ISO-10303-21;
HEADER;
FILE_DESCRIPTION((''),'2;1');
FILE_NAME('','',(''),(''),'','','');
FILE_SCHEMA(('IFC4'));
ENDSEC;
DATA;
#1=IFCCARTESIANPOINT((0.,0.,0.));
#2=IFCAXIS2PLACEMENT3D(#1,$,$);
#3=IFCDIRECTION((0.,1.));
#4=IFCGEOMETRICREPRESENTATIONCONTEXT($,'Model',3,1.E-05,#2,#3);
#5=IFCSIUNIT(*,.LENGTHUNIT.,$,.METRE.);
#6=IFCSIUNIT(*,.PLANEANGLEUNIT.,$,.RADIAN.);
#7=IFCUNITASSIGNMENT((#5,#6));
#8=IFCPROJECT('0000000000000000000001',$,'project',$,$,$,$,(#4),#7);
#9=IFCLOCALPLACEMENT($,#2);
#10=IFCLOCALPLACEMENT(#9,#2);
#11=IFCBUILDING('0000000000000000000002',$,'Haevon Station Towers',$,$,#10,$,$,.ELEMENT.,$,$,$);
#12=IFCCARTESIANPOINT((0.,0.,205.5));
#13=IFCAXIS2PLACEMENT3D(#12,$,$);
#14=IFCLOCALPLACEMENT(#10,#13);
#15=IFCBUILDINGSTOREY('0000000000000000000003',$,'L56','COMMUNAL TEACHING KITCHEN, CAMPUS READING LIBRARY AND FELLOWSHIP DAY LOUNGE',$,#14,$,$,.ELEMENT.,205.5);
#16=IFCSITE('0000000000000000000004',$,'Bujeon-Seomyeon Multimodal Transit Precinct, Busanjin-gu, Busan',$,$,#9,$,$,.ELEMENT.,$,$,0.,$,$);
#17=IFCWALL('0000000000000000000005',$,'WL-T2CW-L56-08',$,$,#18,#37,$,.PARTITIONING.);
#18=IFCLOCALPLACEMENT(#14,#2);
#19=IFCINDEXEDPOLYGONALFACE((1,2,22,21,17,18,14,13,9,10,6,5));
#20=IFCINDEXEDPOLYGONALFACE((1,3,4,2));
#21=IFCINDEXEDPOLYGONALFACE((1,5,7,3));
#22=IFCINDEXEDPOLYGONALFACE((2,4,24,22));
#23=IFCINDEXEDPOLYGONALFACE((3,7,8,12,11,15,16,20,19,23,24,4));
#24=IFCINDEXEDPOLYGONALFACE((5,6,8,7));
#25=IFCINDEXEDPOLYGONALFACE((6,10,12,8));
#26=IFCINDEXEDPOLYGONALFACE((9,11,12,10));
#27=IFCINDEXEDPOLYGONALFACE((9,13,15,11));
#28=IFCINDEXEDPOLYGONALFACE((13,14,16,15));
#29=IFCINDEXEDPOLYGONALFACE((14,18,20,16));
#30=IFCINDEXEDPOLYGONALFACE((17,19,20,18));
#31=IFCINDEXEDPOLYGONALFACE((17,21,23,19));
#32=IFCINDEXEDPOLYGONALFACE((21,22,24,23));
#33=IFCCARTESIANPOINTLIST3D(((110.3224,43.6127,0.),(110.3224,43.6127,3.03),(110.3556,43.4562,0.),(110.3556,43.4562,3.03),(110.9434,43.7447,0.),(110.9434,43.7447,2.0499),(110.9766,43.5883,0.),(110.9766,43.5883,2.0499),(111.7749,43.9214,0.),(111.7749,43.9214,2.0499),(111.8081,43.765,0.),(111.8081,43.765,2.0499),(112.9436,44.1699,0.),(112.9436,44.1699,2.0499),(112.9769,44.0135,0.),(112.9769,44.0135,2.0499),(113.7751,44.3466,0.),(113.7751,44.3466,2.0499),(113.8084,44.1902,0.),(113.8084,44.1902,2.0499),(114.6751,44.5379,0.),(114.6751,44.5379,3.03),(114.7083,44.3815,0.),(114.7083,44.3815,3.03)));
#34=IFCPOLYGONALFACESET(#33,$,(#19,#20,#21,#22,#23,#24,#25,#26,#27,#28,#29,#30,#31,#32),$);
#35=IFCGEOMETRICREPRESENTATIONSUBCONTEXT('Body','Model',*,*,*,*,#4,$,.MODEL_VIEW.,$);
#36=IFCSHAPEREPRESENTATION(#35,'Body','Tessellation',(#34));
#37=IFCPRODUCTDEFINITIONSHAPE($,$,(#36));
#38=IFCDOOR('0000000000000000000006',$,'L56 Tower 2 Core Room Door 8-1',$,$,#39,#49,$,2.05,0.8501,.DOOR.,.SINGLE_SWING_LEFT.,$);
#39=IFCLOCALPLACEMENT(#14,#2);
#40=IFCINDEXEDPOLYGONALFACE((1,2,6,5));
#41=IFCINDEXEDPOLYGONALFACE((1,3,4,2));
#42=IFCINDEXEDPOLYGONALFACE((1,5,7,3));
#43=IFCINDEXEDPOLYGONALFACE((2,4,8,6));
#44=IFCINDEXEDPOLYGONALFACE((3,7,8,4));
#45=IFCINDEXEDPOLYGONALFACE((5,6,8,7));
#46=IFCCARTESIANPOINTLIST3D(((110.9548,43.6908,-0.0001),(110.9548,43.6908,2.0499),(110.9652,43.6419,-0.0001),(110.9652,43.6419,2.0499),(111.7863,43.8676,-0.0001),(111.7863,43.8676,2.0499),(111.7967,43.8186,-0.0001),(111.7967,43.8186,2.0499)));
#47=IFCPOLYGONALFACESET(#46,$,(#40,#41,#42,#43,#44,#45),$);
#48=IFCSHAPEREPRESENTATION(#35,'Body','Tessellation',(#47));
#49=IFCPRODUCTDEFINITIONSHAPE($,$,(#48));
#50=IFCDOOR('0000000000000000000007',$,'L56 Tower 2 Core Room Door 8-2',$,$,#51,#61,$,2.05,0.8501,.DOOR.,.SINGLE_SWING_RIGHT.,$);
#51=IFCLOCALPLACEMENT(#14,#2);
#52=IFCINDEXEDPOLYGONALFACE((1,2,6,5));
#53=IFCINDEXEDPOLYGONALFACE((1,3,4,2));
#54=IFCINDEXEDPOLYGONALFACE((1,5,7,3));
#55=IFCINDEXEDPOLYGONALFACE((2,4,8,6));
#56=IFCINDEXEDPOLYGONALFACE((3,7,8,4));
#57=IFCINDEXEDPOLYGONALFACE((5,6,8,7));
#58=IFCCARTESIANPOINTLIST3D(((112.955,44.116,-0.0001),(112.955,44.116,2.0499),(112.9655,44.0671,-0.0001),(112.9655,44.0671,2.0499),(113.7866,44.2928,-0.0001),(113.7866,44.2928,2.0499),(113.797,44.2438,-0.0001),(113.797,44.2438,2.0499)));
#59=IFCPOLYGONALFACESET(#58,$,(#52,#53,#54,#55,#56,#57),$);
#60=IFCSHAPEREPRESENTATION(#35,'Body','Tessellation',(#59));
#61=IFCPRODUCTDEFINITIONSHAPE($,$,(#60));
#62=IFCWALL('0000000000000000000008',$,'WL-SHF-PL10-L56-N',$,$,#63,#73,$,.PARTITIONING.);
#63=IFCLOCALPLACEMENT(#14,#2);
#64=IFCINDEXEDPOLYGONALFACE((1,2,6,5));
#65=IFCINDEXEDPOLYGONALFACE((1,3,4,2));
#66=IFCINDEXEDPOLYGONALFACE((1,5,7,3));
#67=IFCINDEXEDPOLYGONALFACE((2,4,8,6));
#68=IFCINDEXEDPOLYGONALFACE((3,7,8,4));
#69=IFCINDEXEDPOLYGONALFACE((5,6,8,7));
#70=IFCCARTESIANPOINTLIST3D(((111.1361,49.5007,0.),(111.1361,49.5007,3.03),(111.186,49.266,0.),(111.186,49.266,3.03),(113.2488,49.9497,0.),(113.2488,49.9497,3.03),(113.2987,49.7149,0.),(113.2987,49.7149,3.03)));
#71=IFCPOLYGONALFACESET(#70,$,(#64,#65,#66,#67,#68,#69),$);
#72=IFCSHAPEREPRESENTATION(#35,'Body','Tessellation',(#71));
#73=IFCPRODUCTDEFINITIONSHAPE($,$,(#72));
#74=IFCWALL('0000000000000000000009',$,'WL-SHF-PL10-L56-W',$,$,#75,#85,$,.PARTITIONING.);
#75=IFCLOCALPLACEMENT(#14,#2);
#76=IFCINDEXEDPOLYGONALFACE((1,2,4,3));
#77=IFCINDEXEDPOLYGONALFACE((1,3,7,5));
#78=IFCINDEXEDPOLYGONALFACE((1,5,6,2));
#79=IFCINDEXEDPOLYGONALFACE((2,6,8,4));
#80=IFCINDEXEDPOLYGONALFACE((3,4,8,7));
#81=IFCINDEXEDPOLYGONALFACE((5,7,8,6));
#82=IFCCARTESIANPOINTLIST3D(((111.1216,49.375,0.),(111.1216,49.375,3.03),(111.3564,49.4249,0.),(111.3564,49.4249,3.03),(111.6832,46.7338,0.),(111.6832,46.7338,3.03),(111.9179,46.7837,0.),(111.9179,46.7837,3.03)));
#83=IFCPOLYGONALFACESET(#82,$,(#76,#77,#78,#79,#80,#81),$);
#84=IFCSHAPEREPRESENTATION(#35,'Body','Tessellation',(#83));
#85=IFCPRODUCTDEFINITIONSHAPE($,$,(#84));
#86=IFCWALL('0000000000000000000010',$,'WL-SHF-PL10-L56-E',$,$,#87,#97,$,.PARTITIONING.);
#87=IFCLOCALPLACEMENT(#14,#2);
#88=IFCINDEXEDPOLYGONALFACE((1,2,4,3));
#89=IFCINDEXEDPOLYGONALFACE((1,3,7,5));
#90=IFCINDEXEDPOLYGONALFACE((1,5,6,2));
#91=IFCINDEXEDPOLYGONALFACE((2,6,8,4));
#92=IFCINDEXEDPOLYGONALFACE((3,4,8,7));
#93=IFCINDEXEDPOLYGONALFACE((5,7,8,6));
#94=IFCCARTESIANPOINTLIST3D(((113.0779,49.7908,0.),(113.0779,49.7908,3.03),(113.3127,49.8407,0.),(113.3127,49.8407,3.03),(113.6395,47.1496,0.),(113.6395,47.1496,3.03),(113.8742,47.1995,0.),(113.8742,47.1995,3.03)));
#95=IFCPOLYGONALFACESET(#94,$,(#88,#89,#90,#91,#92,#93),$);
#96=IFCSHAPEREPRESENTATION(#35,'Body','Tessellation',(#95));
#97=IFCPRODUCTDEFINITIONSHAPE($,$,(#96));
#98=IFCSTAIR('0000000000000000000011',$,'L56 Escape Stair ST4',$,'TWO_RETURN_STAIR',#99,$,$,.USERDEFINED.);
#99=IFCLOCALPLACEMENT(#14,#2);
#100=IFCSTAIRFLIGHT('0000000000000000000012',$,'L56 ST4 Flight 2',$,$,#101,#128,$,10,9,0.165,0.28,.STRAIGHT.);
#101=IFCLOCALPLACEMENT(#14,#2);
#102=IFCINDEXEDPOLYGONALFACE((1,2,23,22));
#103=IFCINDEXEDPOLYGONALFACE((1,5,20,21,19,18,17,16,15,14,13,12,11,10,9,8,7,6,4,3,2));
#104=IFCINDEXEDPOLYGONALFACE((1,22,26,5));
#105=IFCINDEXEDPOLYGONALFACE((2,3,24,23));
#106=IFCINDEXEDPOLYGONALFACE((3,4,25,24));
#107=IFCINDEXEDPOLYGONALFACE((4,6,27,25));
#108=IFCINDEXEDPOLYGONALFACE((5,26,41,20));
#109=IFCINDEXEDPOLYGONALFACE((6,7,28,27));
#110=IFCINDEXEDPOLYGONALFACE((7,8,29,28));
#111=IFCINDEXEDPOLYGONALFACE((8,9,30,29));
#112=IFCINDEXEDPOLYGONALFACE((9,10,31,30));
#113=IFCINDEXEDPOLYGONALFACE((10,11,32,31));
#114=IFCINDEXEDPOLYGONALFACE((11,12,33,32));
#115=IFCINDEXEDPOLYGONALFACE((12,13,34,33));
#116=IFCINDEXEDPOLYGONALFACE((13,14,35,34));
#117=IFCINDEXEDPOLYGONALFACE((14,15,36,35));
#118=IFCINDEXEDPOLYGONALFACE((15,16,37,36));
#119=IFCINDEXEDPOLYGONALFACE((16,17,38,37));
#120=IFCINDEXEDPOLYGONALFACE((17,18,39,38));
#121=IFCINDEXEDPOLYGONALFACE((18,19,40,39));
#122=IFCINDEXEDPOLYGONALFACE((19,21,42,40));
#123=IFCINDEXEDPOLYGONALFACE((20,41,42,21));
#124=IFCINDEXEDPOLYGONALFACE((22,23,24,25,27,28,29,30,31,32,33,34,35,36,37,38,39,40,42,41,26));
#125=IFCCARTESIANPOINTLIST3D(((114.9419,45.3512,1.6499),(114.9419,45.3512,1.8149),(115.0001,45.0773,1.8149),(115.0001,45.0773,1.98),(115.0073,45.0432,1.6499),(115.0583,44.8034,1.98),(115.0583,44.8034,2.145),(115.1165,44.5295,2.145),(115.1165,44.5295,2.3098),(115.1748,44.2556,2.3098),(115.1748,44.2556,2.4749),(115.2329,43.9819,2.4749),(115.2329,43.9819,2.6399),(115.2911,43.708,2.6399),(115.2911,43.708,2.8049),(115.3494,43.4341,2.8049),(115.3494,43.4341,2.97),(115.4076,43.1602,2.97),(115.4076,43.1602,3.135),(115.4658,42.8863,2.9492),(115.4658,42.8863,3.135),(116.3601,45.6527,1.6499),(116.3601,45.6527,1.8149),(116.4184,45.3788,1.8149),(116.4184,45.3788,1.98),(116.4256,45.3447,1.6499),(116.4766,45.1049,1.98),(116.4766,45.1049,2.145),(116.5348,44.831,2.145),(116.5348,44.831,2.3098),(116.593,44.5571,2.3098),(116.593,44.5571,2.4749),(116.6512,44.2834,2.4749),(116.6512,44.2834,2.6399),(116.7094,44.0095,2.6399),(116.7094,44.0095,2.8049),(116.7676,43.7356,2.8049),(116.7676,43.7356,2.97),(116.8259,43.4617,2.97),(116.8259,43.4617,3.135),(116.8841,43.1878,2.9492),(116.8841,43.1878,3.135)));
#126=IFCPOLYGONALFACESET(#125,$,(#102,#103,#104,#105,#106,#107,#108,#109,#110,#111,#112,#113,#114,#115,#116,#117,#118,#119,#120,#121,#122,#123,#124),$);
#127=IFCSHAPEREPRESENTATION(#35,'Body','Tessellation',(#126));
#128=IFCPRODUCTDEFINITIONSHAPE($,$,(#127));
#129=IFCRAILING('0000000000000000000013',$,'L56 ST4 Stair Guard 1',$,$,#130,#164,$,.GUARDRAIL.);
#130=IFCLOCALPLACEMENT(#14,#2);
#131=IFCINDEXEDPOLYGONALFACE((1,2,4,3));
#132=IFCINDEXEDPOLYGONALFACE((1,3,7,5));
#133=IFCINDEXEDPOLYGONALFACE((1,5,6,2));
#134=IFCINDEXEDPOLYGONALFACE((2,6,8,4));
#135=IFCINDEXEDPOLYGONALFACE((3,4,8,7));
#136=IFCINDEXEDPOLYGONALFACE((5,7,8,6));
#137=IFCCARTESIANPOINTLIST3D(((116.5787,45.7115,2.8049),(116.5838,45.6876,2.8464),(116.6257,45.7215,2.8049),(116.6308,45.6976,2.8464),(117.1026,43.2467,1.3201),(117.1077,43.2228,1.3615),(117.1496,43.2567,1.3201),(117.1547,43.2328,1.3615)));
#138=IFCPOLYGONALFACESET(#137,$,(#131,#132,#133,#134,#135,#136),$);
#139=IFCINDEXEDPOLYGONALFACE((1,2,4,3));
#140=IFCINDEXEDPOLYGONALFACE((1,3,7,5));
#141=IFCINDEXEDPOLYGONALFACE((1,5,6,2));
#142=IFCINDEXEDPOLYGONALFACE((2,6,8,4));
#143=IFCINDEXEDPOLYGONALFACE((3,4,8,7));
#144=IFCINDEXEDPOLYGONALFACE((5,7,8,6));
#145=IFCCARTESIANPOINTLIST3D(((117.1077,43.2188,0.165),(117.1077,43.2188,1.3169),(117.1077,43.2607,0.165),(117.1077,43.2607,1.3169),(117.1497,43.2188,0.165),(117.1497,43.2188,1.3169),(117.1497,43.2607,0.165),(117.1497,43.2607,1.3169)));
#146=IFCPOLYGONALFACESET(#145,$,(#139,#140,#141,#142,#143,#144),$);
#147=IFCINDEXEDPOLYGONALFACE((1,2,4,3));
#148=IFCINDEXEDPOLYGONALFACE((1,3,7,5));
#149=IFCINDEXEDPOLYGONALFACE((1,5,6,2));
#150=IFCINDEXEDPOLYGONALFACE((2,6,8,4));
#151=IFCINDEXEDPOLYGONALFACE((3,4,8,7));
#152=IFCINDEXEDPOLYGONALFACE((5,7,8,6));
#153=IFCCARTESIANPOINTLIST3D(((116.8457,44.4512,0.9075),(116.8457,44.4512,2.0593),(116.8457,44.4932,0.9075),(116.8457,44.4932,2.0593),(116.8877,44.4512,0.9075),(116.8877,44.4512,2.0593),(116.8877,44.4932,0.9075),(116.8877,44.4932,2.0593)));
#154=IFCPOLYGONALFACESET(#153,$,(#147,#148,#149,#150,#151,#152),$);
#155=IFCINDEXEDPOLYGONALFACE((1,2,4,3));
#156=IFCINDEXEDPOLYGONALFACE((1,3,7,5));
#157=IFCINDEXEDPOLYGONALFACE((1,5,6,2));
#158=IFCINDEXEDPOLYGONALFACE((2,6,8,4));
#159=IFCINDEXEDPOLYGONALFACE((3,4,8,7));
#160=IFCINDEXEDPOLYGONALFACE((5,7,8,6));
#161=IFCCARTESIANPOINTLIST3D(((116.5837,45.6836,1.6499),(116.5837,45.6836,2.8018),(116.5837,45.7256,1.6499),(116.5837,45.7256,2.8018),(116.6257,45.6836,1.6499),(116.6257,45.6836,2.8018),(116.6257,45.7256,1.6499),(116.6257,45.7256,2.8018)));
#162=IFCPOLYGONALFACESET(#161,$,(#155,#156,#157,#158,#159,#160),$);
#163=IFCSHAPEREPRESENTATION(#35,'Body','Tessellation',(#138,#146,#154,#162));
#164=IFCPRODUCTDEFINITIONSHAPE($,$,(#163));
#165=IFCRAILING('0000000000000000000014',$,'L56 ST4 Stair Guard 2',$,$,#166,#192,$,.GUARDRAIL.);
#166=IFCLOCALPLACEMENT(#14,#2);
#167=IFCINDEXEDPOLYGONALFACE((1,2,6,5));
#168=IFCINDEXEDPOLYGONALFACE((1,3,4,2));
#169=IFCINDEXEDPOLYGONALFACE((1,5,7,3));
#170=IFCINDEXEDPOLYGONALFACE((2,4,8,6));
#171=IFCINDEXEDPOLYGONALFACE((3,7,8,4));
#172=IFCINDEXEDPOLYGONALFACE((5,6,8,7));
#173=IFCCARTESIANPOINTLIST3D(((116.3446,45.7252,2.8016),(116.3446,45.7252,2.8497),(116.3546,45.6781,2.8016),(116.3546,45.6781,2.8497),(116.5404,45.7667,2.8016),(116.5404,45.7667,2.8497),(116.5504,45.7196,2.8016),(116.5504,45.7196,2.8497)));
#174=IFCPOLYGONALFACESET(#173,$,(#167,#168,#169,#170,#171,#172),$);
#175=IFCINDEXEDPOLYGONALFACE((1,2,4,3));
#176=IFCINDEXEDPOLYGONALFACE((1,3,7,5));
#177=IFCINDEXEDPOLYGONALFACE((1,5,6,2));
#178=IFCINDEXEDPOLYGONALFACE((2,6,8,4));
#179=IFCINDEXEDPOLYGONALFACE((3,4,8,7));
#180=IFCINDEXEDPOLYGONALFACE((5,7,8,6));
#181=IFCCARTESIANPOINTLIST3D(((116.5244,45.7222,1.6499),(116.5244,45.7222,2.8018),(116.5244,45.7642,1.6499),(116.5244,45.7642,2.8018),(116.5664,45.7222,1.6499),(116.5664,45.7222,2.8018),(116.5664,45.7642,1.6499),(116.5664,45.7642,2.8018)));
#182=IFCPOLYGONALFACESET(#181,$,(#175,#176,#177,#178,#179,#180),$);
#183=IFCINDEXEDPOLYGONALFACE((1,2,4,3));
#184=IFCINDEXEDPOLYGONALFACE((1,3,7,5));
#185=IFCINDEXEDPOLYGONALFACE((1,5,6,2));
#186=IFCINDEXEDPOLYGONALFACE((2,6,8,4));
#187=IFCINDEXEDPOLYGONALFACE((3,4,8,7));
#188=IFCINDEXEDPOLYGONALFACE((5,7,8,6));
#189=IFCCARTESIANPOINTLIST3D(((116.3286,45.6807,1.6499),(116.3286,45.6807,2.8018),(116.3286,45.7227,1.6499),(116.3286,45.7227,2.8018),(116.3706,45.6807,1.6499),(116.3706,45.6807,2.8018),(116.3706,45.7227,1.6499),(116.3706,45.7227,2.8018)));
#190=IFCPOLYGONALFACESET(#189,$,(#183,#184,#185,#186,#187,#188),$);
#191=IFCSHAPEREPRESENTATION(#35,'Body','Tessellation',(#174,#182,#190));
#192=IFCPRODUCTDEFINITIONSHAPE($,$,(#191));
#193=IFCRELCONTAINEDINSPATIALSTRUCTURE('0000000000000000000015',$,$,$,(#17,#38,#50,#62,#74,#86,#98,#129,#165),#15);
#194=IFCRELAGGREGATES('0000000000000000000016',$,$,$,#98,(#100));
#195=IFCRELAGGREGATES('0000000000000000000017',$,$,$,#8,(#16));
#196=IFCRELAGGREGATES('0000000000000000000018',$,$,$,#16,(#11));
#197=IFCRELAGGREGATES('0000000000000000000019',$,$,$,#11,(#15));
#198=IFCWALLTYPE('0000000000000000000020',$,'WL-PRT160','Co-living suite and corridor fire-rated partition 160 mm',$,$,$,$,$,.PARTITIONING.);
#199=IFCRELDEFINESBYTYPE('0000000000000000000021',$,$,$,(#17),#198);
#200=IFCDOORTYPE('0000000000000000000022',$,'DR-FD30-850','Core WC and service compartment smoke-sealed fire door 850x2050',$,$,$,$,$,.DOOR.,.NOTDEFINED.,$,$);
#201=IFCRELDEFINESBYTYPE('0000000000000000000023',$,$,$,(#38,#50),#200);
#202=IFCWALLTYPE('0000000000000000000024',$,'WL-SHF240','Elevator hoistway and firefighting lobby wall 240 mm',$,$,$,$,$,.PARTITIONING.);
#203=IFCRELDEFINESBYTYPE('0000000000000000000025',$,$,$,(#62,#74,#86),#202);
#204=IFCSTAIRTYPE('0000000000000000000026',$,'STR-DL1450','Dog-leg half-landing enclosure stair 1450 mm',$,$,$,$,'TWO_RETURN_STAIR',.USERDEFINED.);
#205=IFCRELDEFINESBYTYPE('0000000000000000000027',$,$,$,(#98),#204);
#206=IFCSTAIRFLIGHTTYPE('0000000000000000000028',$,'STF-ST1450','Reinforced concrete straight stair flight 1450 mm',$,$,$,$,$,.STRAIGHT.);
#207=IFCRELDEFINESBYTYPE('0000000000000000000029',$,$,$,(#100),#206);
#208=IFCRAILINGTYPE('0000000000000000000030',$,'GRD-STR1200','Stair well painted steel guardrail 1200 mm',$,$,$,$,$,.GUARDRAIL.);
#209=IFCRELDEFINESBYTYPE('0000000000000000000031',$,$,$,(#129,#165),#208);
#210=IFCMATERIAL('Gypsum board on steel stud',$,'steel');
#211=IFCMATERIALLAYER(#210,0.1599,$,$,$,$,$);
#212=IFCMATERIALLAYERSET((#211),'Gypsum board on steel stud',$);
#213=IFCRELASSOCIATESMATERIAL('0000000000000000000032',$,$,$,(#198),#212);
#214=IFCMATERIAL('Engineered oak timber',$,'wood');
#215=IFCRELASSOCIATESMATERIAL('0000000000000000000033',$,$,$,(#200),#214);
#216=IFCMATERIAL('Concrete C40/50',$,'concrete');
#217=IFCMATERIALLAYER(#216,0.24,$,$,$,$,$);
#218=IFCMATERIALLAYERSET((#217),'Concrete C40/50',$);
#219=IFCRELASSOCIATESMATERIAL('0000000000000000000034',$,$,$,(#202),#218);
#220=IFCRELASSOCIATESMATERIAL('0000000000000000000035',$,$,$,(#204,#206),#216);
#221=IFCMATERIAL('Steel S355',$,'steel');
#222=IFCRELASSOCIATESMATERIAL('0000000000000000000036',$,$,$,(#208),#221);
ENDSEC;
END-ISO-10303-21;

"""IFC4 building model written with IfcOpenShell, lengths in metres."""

from ifc_helpers import new_model, si_unit, direction, frame, frame_2d, origin, origin_2d, place, context, subcontext, project, spatial, polyline, rectangle, outline, extrude, material, layer, layer_set, type_object, element, fill, aggregate, save


model = new_model("IFC4")

# Units and contexts
model_context = context("Model", 3, precision=1e-05, world=origin(), true_north=direction((0.0, 1.0)))
body_context = subcontext(model_context, "Body", "Model", "MODEL_VIEW")
ifc_project = project(units=[si_unit("LENGTHUNIT", "METRE"), si_unit("PLANEANGLEUNIT", "RADIAN")], contexts=[model_context])

# Site, building, storey
site_placement = place(None, origin())
site = spatial("IfcSite", under=ifc_project, at=site_placement, Name="Bujeon-Seomyeon Multimodal Transit Precinct, Busanjin-gu, Busan", CompositionType="ELEMENT", RefElevation=0.0)
building_placement = place(site_placement, origin())
building = spatial("IfcBuilding", under=site, at=building_placement, Name="Haevon Station Towers", CompositionType="ELEMENT")
storey_placement = place(building_placement, frame((0.0, 0.0, 205.5)))
storey = spatial("IfcBuildingStorey", under=building, at=storey_placement, Name="L56", Description="COMMUNAL TEACHING KITCHEN, CAMPUS READING LIBRARY AND FELLOWSHIP DAY LOUNGE", CompositionType="ELEMENT", Elevation=205.5)

# Shared definitions
ifc_material_1 = material(Name="Steel S355", Category="steel")

# Shared definitions
ifc_material_2 = material(Name="Gypsum board on steel stud", Category="steel")
ifc_layer_1 = layer(ifc_material_2, 0.1599)
ifc_layer_set_1 = layer_set([ifc_layer_1], Name="Gypsum board on steel stud")
wall_type_1 = type_object("IfcWallType", Name="WL-PRT160", Description="Co-living suite and corridor fire-rated partition 160 mm", PredefinedType="PARTITIONING", material=ifc_layer_set_1)
ifc_material_3 = material(Name="Engineered oak timber", Category="wood")

# Wall, openings, doors
wall_1_placement = place(storey_placement, frame((110.3389, 43.5344, 0.0), z_axis=(0.0, 0.0, 1.0), x_axis=(0.978144, 0.207929, 0.0)))
wall_1 = element("IfcWall", 1, at=wall_1_placement, inside=storey, type_object=wall_type_1, Name="WL-T2CW-L56-08", PredefinedType="PARTITIONING", context=body_context, shape_type="SweptSolid", body=[
    extrude(rectangle(XDim=4.45, YDim=0.1599, at=frame_2d((2.2251, 0.0))), origin(), (0.0, 0.0, 1.0), 3.03),
])
opening_1_placement = place(wall_1_placement, frame((0.635, 0.0, 0.0)))
opening_1 = element("IfcOpeningElement", 2, at=opening_1_placement, cuts=wall_1, PredefinedType="OPENING", context=body_context, shape_type="SweptSolid", body=[
    extrude(rectangle(XDim=0.8501, YDim=2.05, at=frame_2d((0.425, 1.0249))), frame((0.0, 0.0898, 0.0), z_axis=(0.0, -1.0, 0.0), x_axis=(1.0, 0.0, 0.0)), (0.0, 0.0, 1.0), 0.1799),
])
opening_2_placement = place(wall_1_placement, frame((2.6799, 0.0, 0.0)))
opening_2 = element("IfcOpeningElement", 3, at=opening_2_placement, cuts=wall_1, PredefinedType="OPENING", context=body_context, shape_type="SweptSolid", body=[
    extrude(rectangle(XDim=0.8501, YDim=2.05, at=frame_2d((0.425, 1.0249))), frame((0.0, 0.0898, 0.0), z_axis=(0.0, -1.0, 0.0), x_axis=(1.0, 0.0, 0.0)), (0.0, 0.0, 1.0), 0.1799),
])
door_type_1 = type_object("IfcDoorType", Name="DR-FD30-850", Description="Core WC and service compartment smoke-sealed fire door 850x2050", OperationType="NOTDEFINED", PredefinedType="DOOR", material=ifc_material_3)
door_1_placement = place(opening_1_placement, origin())
door_1 = element("IfcDoor", 4, at=door_1_placement, inside=storey, type_object=door_type_1, Name="L56 Tower 2 Core Room Door 8-1", OperationType="SINGLE_SWING_LEFT", OverallHeight=2.05, OverallWidth=0.8501, PredefinedType="DOOR", context=body_context, shape_type="SweptSolid", body=[
    extrude(rectangle(XDim=0.8501, YDim=2.05, at=frame_2d((0.425, 1.0249))), frame((0.0, 0.0249, 0.0), z_axis=(0.0, -1.0, 0.0), x_axis=(1.0, 0.0, 0.0)), (0.0, 0.0, 1.0), 0.05),
])
fill(opening_1, door_1)
door_2_placement = place(opening_2_placement, origin())
door_2 = element("IfcDoor", 5, at=door_2_placement, inside=storey, type_object=door_type_1, Name="L56 Tower 2 Core Room Door 8-2", OperationType="SINGLE_SWING_RIGHT", OverallHeight=2.05, OverallWidth=0.8501, PredefinedType="DOOR", context=body_context, shape_type="SweptSolid", body=[
    extrude(rectangle(XDim=0.8501, YDim=2.05, at=frame_2d((0.425, 1.0249))), frame((0.0, 0.0249, 0.0), z_axis=(0.0, -1.0, 0.0), x_axis=(1.0, 0.0, 0.0)), (0.0, 0.0, 1.0), 0.05),
])
fill(opening_2, door_2)

# Shared definitions
ifc_material_4 = material(Name="Concrete C40/50", Category="concrete")
ifc_layer_2 = layer(ifc_material_4, 0.24)
ifc_layer_set_2 = layer_set([ifc_layer_2], Name="Concrete C40/50")
wall_type_2 = type_object("IfcWallType", Name="WL-SHF240", Description="Elevator hoistway and firefighting lobby wall 240 mm", PredefinedType="PARTITIONING", material=ifc_layer_set_2)

# Walls
wall_2_placement = place(storey_placement, frame((111.1609, 49.3833, 0.0), z_axis=(0.0, 0.0, 1.0), x_axis=(0.978158, 0.207861, 0.0)))
element("IfcWall", 6, at=wall_2_placement, inside=storey, type_object=wall_type_2, Name="WL-SHF-PL10-L56-N", PredefinedType="PARTITIONING", context=body_context, shape_type="SweptSolid", body=[
    extrude(rectangle(XDim=2.1599, YDim=0.24, at=frame_2d((1.0801, 0.0))), origin(), (0.0, 0.0, 1.0), 3.03),
])
for number, where, z_axis, x_axis, name in (
    (7, (111.8005, 46.7588, 0.0), (0.0, 0.0, 1.0), (-0.20796, 0.978137, 0.0), "WL-SHF-PL10-L56-W"),
    (8, (113.7568, 47.1746, 0.0), (0.0, 0.0, 1.0), (-0.20796, 0.978137, 0.0), "WL-SHF-PL10-L56-E"),
):
    element("IfcWall", number, at=place(storey_placement, frame(where, z_axis=z_axis, x_axis=x_axis)), inside=storey, type_object=wall_type_2, Name=name, PredefinedType="PARTITIONING", context=body_context, shape_type="SweptSolid", body=[
        extrude(rectangle(XDim=2.7002, YDim=0.24, at=frame_2d((1.3501, 0.0))), origin(), (0.0, 0.0, 1.0), 3.03),
    ])

# Stair, stair flight
stair_type = type_object("IfcStairType", Name="STR-DL1450", Description="Dog-leg half-landing enclosure stair 1450 mm", ElementType="TWO_RETURN_STAIR", PredefinedType="USERDEFINED", material=ifc_material_4)
stair_placement = place(storey_placement, origin())
stair = element("IfcStair", 9, at=stair_placement, inside=storey, type_object=stair_type, Name="L56 Escape Stair ST4", ObjectType="TWO_RETURN_STAIR", PredefinedType="USERDEFINED")
stair_flight_type = type_object("IfcStairFlightType", Name="STF-ST1450", Description="Reinforced concrete straight stair flight 1450 mm", PredefinedType="STRAIGHT", material=ifc_material_4)
stair_flight_placement = place(storey_placement, frame((115.6509, 45.502, 1.6499), z_axis=(0.0, 0.0, 1.0), x_axis=(0.207912, -0.978148, 0.0)))
stair_flight = element("IfcStairFlight", 10, at=stair_flight_placement, type_object=stair_flight_type, Name="L56 ST4 Flight 2", NumberOfRisers=10, NumberOfTreads=9, PredefinedType="STRAIGHT", RiserHeight=0.165, TreadLength=0.28, context=body_context, shape_type="SweptSolid", body=[
    extrude(outline(polyline([(0.0, 0.0), (0.0, 0.165), (0.28, 0.165), (0.28, 0.3301), (0.5601, 0.3301), (0.5601, 0.4951), (0.8401, 0.4951), (0.8401, 0.6599), (1.1201, 0.6599), (1.1201, 0.825), (1.3999, 0.825), (1.3999, 0.99), (1.6799, 0.99), (1.6799, 1.155), (1.96, 1.155), (1.96, 1.3201), (2.24, 1.3201), (2.24, 1.4851), (2.52, 1.4851), (2.52, 1.6499), (2.52, 1.2993), (0.3149, 0.0), (0.0, 0.0)])), frame((0.0, 0.7251, 0.0), z_axis=(0.0, -1.0, 0.0), x_axis=(1.0, 0.0, 0.0)), (0.0, 0.0, 1.0), 1.45),
])
aggregate(stair, [stair_flight])

# Railings
railing_type_1 = type_object("IfcRailingType", Name="GRD-STR1200", Description="Stair well painted steel guardrail 1200 mm", PredefinedType="GUARDRAIL", material=ifc_material_1)
railing_1_placement = place(storey_placement, frame((117.1287, 43.2397, 0.165)))
element("IfcRailing", 11, at=railing_1_placement, inside=storey, type_object=railing_type_1, Name="L56 ST4 Stair Guard 1", PredefinedType="GUARDRAIL", context=body_context, shape_type="SweptSolid", body=[
    extrude(rectangle(XDim=0.0481, YDim=0.0481, at=origin_2d()), frame((0.0, 0.0, 1.1758), z_axis=(-0.179129, 0.842724, 0.507671), x_axis=(-0.978147, -0.207914, 0.0)), (0.0, 0.0, 1.0), 2.9248),
    extrude(rectangle(XDim=0.042, YDim=0.042, at=origin_2d()), origin(), (0.0, 0.0, 1.0), 1.1519),
    extrude(rectangle(XDim=0.042, YDim=0.042, at=origin_2d()), frame((-0.262, 1.2324, 0.7424)), (0.0, 0.0, 1.0), 1.1519),
    extrude(rectangle(XDim=0.042, YDim=0.042, at=origin_2d()), frame((-0.5239, 2.4648, 1.4849)), (0.0, 0.0, 1.0), 1.1519),
])
railing_2_placement = place(storey_placement, frame((116.5454, 45.7432, 1.6499)))
element("IfcRailing", 12, at=railing_2_placement, inside=storey, type_object=railing_type_1, Name="L56 ST4 Stair Guard 2", PredefinedType="GUARDRAIL", context=body_context, shape_type="SweptSolid", body=[
    extrude(rectangle(XDim=0.0481, YDim=0.0481, at=origin_2d()), frame((0.0, 0.0, 1.1758), z_axis=(-0.978264, -0.207363, 0.0), x_axis=(0.207363, -0.978264, 0.0)), (0.0, 0.0, 1.0), 0.2002),
    extrude(rectangle(XDim=0.042, YDim=0.042, at=origin_2d()), origin(), (0.0, 0.0, 1.0), 1.1519),
    extrude(rectangle(XDim=0.042, YDim=0.042, at=origin_2d()), frame((-0.1958, -0.0415, 0.0)), (0.0, 0.0, 1.0), 1.1519),
])

save(model, "model.ifc")
